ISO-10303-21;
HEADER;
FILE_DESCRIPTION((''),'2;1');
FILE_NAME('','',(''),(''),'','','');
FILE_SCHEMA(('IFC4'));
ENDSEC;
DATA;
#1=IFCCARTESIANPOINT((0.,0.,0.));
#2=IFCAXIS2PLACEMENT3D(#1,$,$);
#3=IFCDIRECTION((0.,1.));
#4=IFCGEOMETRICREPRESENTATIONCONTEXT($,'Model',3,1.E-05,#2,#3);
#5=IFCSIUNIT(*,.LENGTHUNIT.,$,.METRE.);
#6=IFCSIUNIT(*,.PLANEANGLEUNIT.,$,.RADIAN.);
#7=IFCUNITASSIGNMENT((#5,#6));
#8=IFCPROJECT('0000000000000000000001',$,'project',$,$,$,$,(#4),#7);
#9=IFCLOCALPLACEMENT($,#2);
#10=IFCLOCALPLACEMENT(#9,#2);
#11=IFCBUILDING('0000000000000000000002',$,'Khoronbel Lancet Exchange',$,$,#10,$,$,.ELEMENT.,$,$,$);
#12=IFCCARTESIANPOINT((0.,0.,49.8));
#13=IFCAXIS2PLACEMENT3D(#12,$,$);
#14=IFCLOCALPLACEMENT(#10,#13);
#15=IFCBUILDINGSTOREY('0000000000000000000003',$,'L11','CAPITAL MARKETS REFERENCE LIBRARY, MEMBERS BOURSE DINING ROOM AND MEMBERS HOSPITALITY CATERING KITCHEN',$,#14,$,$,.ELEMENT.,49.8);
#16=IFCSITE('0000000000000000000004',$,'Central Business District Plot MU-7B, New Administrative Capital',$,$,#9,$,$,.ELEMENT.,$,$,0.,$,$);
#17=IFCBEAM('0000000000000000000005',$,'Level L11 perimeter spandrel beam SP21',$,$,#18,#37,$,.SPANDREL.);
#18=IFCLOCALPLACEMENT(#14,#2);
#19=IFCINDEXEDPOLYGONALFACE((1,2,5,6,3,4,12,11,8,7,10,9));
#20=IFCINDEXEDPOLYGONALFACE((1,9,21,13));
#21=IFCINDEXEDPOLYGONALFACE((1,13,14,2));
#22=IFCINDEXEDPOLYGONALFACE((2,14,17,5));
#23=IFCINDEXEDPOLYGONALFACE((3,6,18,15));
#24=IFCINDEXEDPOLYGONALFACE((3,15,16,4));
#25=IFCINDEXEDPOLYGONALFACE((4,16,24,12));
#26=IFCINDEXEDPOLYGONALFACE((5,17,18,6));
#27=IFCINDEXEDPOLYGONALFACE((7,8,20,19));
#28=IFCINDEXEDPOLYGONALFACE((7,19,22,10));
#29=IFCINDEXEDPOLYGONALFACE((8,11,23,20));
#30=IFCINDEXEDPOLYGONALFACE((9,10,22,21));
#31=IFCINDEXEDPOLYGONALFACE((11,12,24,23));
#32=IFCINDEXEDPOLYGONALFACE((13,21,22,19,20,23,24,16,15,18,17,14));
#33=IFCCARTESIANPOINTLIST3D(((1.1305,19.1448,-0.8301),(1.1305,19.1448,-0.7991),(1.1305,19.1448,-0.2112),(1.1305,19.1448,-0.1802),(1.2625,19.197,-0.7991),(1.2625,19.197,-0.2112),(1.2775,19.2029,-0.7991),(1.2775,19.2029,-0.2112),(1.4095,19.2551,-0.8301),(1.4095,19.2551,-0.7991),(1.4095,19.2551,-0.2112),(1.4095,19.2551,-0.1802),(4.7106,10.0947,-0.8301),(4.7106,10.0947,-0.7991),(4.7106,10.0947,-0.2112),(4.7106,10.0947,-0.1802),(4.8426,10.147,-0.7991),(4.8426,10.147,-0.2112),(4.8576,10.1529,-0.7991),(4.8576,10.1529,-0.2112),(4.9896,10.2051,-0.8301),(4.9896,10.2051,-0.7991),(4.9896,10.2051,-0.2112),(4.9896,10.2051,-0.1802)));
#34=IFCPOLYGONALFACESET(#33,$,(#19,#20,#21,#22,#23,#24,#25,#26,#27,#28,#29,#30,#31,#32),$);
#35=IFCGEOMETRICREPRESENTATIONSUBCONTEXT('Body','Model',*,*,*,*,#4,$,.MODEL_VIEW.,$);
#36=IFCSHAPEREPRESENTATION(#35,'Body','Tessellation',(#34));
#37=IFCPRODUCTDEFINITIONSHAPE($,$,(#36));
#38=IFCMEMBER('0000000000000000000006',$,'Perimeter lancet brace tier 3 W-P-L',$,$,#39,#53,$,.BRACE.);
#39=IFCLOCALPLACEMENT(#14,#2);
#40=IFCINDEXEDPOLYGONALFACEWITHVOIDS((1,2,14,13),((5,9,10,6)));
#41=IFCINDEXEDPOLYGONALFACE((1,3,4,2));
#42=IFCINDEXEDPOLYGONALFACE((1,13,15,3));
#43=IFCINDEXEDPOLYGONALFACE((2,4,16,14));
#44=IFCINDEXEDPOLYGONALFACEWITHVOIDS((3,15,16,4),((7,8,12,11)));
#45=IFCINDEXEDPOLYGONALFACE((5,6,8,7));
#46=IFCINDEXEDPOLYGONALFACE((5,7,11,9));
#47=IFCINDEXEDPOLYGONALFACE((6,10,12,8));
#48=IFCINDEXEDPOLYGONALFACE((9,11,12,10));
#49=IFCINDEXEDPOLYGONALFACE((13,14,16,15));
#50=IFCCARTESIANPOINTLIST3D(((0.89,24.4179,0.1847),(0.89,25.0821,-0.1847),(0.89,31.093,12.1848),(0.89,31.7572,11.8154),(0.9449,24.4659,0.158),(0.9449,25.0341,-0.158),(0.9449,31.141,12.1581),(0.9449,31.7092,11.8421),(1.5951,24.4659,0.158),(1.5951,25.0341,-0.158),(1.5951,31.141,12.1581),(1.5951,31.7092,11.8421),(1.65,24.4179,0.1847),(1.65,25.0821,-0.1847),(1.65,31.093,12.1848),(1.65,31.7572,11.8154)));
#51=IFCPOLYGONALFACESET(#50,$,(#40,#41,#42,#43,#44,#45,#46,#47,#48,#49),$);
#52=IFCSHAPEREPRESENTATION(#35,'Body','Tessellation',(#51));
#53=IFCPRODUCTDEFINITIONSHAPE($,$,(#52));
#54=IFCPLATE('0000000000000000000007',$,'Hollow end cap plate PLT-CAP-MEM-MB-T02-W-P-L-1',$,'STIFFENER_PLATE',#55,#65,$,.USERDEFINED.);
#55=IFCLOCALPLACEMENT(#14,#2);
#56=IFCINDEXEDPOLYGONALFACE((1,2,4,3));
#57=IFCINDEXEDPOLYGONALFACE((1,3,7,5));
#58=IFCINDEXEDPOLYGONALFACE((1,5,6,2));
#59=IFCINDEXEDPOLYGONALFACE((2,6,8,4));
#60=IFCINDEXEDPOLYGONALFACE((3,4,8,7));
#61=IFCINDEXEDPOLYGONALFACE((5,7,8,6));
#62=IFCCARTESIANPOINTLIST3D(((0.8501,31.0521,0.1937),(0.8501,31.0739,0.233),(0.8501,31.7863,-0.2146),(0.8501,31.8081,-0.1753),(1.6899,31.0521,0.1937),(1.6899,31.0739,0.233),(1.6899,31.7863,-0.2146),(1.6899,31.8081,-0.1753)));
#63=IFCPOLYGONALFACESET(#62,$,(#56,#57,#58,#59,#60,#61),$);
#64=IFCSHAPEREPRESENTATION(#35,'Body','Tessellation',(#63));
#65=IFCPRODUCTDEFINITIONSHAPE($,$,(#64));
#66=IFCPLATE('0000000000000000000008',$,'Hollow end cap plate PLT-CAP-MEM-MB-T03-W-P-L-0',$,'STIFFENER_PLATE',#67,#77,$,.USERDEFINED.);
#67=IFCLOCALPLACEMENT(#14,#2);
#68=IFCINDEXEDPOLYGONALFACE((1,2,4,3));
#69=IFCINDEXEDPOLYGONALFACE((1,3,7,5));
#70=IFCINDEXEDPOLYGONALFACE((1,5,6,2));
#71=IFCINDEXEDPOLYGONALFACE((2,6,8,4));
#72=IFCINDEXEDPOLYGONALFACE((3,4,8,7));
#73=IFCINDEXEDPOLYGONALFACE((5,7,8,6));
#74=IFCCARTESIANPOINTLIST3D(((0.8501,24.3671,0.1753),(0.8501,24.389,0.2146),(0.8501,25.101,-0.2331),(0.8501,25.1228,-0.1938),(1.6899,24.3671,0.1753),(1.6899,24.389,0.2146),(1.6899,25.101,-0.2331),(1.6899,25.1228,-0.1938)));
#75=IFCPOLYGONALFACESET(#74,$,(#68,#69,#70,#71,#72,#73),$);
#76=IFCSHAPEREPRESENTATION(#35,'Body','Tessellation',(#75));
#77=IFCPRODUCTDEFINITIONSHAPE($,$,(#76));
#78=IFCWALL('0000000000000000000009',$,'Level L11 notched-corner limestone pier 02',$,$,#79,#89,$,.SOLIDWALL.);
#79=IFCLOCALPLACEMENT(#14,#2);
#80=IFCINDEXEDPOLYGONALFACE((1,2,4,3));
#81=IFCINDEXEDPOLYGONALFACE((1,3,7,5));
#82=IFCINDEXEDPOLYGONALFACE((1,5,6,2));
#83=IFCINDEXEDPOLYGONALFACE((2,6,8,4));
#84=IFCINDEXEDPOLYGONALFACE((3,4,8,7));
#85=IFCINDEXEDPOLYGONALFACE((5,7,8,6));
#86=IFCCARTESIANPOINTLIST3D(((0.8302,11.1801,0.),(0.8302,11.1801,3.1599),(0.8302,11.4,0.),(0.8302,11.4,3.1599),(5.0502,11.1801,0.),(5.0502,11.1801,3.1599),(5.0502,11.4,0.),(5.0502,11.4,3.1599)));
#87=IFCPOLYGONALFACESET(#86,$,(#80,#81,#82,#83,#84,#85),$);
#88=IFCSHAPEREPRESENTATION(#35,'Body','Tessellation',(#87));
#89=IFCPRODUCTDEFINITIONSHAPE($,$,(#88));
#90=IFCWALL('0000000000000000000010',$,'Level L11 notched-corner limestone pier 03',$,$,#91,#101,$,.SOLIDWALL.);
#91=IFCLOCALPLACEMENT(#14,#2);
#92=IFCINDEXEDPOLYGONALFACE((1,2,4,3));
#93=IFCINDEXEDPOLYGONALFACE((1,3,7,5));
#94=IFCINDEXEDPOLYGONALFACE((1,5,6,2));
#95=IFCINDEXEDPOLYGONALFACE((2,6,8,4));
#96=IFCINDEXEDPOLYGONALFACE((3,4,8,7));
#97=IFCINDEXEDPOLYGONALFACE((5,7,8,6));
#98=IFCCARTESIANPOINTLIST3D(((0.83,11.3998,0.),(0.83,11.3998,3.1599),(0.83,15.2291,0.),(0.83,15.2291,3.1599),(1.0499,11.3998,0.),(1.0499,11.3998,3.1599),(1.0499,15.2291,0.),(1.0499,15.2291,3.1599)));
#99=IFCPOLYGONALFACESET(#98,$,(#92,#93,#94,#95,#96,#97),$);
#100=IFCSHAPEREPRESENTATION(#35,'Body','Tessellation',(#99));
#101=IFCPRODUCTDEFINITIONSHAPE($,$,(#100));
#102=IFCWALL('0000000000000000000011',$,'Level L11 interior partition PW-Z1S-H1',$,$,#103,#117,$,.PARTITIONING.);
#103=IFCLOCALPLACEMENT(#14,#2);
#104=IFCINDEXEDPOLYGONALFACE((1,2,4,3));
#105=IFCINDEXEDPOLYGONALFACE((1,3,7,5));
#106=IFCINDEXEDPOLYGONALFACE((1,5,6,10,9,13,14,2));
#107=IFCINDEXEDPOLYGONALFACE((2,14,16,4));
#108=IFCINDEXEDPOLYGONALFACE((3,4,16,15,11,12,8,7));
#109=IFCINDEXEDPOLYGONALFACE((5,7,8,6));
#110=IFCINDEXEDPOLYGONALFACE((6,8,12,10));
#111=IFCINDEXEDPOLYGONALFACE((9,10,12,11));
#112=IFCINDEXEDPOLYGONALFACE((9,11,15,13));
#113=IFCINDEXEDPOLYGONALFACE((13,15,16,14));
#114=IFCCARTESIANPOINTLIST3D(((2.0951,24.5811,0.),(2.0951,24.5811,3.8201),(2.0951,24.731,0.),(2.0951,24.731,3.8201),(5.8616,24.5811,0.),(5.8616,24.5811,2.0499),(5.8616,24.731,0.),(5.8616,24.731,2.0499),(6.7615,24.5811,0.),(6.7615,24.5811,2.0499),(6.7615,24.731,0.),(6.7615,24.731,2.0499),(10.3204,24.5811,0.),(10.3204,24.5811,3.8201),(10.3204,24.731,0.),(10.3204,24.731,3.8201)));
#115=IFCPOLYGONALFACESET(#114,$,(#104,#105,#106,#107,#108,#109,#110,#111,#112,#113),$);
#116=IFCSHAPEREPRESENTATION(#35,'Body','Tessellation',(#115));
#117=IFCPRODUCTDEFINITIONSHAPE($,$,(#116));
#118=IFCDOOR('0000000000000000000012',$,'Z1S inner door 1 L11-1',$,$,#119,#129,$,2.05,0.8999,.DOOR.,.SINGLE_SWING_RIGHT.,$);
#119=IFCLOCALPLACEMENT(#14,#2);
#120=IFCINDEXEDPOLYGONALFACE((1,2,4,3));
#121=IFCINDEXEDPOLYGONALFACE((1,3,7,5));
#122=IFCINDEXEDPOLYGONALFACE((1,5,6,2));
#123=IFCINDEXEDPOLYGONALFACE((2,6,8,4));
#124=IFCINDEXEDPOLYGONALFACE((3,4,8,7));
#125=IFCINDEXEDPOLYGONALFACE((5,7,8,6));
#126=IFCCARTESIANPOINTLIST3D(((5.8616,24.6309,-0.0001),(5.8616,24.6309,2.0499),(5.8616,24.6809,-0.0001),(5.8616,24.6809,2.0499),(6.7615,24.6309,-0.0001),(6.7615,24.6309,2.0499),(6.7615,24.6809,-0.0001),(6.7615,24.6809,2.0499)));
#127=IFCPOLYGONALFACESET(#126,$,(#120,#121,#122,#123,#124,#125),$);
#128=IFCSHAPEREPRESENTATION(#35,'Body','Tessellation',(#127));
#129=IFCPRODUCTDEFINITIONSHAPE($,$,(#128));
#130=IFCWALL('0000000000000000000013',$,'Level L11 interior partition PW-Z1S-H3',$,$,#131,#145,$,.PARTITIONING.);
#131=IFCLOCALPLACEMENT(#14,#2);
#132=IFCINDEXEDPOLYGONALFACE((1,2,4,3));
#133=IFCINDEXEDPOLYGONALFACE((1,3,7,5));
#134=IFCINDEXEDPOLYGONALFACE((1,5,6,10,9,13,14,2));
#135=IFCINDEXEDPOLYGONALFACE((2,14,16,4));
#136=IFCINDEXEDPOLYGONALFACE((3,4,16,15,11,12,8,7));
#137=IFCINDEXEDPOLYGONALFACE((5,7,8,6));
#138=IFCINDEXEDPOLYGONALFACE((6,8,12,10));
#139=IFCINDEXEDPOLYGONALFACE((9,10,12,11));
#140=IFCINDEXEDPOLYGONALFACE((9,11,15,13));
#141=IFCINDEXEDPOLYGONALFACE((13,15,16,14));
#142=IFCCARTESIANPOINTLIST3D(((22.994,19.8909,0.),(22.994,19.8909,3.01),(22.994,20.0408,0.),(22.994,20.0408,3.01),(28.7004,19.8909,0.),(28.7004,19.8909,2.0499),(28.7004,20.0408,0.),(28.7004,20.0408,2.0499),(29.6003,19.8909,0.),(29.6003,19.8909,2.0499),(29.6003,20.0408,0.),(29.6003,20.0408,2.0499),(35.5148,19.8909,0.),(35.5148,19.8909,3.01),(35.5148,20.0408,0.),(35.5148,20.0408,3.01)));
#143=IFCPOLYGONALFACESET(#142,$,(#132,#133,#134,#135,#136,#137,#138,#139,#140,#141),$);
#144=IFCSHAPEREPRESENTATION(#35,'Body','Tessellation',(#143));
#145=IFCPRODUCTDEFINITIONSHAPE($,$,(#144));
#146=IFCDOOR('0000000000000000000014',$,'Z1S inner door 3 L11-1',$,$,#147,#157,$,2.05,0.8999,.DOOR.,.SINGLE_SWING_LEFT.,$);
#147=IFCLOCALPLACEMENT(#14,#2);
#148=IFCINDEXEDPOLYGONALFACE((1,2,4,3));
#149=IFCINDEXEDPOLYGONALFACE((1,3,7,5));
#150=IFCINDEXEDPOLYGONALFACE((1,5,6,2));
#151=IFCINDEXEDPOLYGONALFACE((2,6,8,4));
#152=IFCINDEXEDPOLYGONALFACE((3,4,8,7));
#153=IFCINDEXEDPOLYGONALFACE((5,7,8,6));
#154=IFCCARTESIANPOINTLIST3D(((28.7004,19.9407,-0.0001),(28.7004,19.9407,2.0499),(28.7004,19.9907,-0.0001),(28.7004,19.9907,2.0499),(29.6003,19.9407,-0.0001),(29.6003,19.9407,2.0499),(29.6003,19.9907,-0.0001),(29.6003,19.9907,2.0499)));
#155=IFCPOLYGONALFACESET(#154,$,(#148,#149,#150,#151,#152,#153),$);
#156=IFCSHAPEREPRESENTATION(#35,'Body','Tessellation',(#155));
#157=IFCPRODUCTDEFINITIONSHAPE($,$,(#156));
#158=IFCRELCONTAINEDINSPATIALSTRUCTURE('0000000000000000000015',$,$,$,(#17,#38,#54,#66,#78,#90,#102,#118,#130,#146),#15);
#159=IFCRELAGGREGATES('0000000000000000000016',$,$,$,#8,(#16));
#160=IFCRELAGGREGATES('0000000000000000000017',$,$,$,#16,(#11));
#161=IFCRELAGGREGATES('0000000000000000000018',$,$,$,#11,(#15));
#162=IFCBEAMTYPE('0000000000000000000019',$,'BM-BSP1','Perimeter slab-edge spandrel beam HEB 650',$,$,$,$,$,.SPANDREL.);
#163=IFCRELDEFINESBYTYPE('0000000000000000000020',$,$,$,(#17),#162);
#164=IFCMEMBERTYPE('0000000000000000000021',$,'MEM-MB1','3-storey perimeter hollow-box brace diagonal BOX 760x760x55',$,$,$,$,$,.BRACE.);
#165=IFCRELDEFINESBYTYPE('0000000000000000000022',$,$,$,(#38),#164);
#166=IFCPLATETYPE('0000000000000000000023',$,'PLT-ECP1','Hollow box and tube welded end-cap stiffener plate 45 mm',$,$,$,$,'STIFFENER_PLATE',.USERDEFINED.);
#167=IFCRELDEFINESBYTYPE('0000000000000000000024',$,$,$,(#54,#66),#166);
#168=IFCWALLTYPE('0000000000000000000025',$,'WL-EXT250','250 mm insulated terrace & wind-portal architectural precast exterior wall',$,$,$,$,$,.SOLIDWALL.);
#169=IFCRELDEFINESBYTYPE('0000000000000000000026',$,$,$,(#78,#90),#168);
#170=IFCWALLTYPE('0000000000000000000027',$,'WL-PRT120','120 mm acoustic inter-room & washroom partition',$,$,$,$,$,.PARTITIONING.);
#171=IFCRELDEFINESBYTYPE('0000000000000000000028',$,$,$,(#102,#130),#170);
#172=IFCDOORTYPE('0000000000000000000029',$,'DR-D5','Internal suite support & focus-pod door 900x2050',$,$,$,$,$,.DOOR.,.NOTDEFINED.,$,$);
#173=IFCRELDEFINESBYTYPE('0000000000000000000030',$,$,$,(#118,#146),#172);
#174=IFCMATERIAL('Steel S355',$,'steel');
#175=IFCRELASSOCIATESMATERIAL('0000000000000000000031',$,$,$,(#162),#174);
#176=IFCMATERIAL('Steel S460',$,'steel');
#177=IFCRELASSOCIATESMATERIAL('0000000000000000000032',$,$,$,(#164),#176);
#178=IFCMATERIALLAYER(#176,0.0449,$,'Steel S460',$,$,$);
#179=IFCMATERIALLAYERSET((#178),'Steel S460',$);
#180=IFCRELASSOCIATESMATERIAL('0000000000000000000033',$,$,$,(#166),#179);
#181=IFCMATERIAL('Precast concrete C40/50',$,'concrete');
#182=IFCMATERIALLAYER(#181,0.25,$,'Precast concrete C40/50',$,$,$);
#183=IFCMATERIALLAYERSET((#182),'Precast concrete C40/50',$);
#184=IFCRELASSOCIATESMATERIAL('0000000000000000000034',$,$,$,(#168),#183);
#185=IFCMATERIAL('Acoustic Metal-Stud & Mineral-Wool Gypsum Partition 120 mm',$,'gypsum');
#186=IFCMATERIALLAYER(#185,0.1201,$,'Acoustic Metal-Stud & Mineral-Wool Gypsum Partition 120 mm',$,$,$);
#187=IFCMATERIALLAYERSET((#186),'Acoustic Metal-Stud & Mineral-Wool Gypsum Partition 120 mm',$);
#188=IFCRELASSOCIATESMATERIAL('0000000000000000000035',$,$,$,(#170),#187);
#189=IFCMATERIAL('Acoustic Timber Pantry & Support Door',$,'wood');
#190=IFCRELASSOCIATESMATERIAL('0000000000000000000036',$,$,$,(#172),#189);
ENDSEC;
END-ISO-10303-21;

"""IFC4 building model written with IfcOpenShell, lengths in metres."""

from ifc_helpers import new_model, si_unit, direction, frame, frame_2d, origin, origin_2d, place, context, subcontext, project, spatial, polyline, rectangle, hollow_rectangle, i_section, outline, extrude, material, layer, layer_set, material_profile, profile_set, type_object, element, fill, save


model = new_model("IFC4")

# Units and contexts
model_context = context("Model", 3, precision=1e-05, world=origin(), true_north=direction((0.0, 1.0)))
body_context = subcontext(model_context, "Body", "Model", "MODEL_VIEW")
ifc_project = project(units=[si_unit("LENGTHUNIT", "METRE"), si_unit("PLANEANGLEUNIT", "RADIAN")], contexts=[model_context])

# Site, building, storey
site_placement = place(None, origin())
site = spatial("IfcSite", under=ifc_project, at=site_placement, Name="Central Business District Plot MU-7B, New Administrative Capital", CompositionType="ELEMENT", RefElevation=0.0)
building_placement = place(site_placement, origin())
building = spatial("IfcBuilding", under=site, at=building_placement, Name="Khoronbel Lancet Exchange", CompositionType="ELEMENT")
storey_placement = place(building_placement, frame((0.0, 0.0, 49.8)))
storey = spatial("IfcBuildingStorey", under=building, at=storey_placement, Name="L11", Description="CAPITAL MARKETS REFERENCE LIBRARY, MEMBERS BOURSE DINING ROOM AND MEMBERS HOSPITALITY CATERING KITCHEN", CompositionType="ELEMENT", Elevation=49.8)

# Shared definitions
ifc_material_1 = material(Name="Steel S355", Category="steel")

# Beam
ifc_material_profile_1 = material_profile(ifc_material_1, i_section(OverallWidth=0.3, OverallDepth=0.6499, WebThickness=0.0161, FlangeThickness=0.031, at=origin_2d()), Name="HEB 650")
ifc_profile_set_1 = profile_set([ifc_material_profile_1], Name="Steel S355")
beam_type_1 = type_object("IfcBeamType", Name="BM-BSP1", Description="Perimeter slab-edge spandrel beam HEB 650", PredefinedType="SPANDREL", material=ifc_profile_set_1)
beam_1_placement = place(storey_placement, frame((1.27, 19.2, -0.5051), z_axis=(0.36785, -0.929885, 0.0), x_axis=(0.929885, 0.36785, 0.0)))
element("IfcBeam", 1, at=beam_1_placement, inside=storey, type_object=beam_type_1, Name="Level L11 perimeter spandrel beam SP21", PredefinedType="SPANDREL", context=body_context, shape_type="SweptSolid", body=[
    extrude(i_section(OverallWidth=0.3, OverallDepth=0.6499, WebThickness=0.0161, FlangeThickness=0.031, at=origin_2d()), origin(), (0.0, 0.0, 1.0), 9.7324),
])

# Member
ifc_material_2 = material(Name="Steel S460", Category="steel")
ifc_material_profile_2 = material_profile(ifc_material_2, hollow_rectangle(XDim=0.76, YDim=0.76, WallThickness=0.0549, at=origin_2d()), Name="BOX 760x760x55")
ifc_profile_set_2 = profile_set([ifc_material_profile_2], Name="Steel S460")
member_type = type_object("IfcMemberType", Name="MEM-MB1", Description="3-storey perimeter hollow-box brace diagonal BOX 760x760x55", PredefinedType="BRACE", material=ifc_profile_set_2)
member_placement = place(storey_placement, frame((1.27, 24.75, 0.0), z_axis=(0.0, 0.486109, 0.873898), x_axis=(-1.0, 0.0, 0.0)))
element("IfcMember", 2, at=member_placement, inside=storey, type_object=member_type, Name="Perimeter lancet brace tier 3 W-P-L", PredefinedType="BRACE", context=body_context, shape_type="SweptSolid", body=[
    extrude(hollow_rectangle(XDim=0.76, YDim=0.76, WallThickness=0.0549, at=origin_2d()), origin(), (0.0, 0.0, 1.0), 13.7317),
])

# Plates
ifc_layer_1 = layer(ifc_material_2, 0.0449, Name="Steel S460")
ifc_layer_set_1 = layer_set([ifc_layer_1], Name="Steel S460")
plate_type = type_object("IfcPlateType", Name="PLT-ECP1", Description="Hollow box and tube welded end-cap stiffener plate 45 mm", ElementType="STIFFENER_PLATE", PredefinedType="USERDEFINED", material=ifc_layer_set_1)
plate_1_placement = place(storey_placement, frame((1.6899, 31.8081, -0.1753), z_axis=(0.0, 0.485964, 0.873979), x_axis=(-1.0, 0.0, 0.0)))
element("IfcPlate", 3, at=plate_1_placement, inside=storey, type_object=plate_type, Name="Hollow end cap plate PLT-CAP-MEM-MB-T02-W-P-L-1", ObjectType="STIFFENER_PLATE", PredefinedType="USERDEFINED", context=body_context, shape_type="SweptSolid", body=[
    extrude(outline(polyline([(0.0, 0.0), (0.8398, 0.0), (0.8398, 0.8401), (0.0, 0.8401), (0.0, 0.0)])), origin(), (0.0, 0.0, -1.0), 0.0449),
])
plate_2_placement = place(storey_placement, frame((1.6899, 25.1228, -0.1938), z_axis=(0.0, 0.486309, 0.873787), x_axis=(-1.0, 0.0, 0.0)))
element("IfcPlate", 4, at=plate_2_placement, inside=storey, type_object=plate_type, Name="Hollow end cap plate PLT-CAP-MEM-MB-T03-W-P-L-0", ObjectType="STIFFENER_PLATE", PredefinedType="USERDEFINED", context=body_context, shape_type="SweptSolid", body=[
    extrude(outline(polyline([(0.0, 0.0), (0.8398, 0.0), (0.8398, 0.8398), (0.0, 0.8398), (0.0, 0.0)])), origin(), (0.0, 0.0, -1.0), 0.0449),
])

# Walls
ifc_material_3 = material(Name="Precast concrete C40/50", Category="concrete")
ifc_layer_2 = layer(ifc_material_3, 0.25, Name="Precast concrete C40/50")
ifc_layer_set_2 = layer_set([ifc_layer_2], Name="Precast concrete C40/50")
wall_type_1 = type_object("IfcWallType", Name="WL-EXT250", Description="250 mm insulated terrace & wind-portal architectural precast exterior wall", PredefinedType="SOLIDWALL", material=ifc_layer_set_2)
wall_1_placement = place(storey_placement, frame((5.05, 11.29, 0.0), z_axis=(0.0, 0.0, 1.0), x_axis=(-1.0, 0.0, 0.0)))
element("IfcWall", 5, at=wall_1_placement, inside=storey, type_object=wall_type_1, Name="Level L11 notched-corner limestone pier 02", PredefinedType="SOLIDWALL", context=body_context, shape_type="SweptSolid", body=[
    extrude(rectangle(XDim=4.22, YDim=0.22, at=frame_2d((2.1099, 0.0))), origin(), (0.0, 0.0, 1.0), 3.1599),
])
wall_2_placement = place(storey_placement, frame((0.9399, 11.3999, 0.0), z_axis=(0.0, 0.0, 1.0), x_axis=(0.0, 1.0, 0.0)))
element("IfcWall", 6, at=wall_2_placement, inside=storey, type_object=wall_type_1, Name="Level L11 notched-corner limestone pier 03", PredefinedType="SOLIDWALL", context=body_context, shape_type="SweptSolid", body=[
    extrude(rectangle(XDim=3.8293, YDim=0.22, at=frame_2d((1.9146, 0.0))), origin(), (0.0, 0.0, 1.0), 3.1599),
])

# Walls, openings, doors
ifc_material_4 = material(Name="Acoustic Metal-Stud & Mineral-Wool Gypsum Partition 120 mm", Category="gypsum")
ifc_layer_3 = layer(ifc_material_4, 0.1201, Name="Acoustic Metal-Stud & Mineral-Wool Gypsum Partition 120 mm")
ifc_layer_set_3 = layer_set([ifc_layer_3], Name="Acoustic Metal-Stud & Mineral-Wool Gypsum Partition 120 mm")
wall_type_2 = type_object("IfcWallType", Name="WL-PRT120", Description="120 mm acoustic inter-room & washroom partition", PredefinedType="PARTITIONING", material=ifc_layer_set_3)
wall_3_placement = place(storey_placement, frame((2.095, 24.656, 0.0), z_axis=(0.0, 0.0, 1.0), x_axis=(1.0, 0.0, 0.0)))
wall_3 = element("IfcWall", 7, at=wall_3_placement, inside=storey, type_object=wall_type_2, Name="Level L11 interior partition PW-Z1S-H1", PredefinedType="PARTITIONING", context=body_context, shape_type="SweptSolid", body=[
    extrude(rectangle(XDim=8.2253, YDim=0.1499, at=frame_2d((4.1128, 0.0))), origin(), (0.0, 0.0, 1.0), 3.8201),
])
opening_1_placement = place(wall_3_placement, frame((3.7666, 0.0, 0.0)))
opening_1 = element("IfcOpeningElement", 8, at=opening_1_placement, cuts=wall_3, PredefinedType="OPENING", context=body_context, shape_type="SweptSolid", body=[
    extrude(rectangle(XDim=0.8999, YDim=2.05, at=frame_2d((0.45, 1.0249))), frame((0.0, 0.085, 0.0), z_axis=(0.0, -1.0, 0.0), x_axis=(1.0, 0.0, 0.0)), (0.0, 0.0, 1.0), 0.1699),
])
ifc_material_5 = material(Name="Acoustic Timber Pantry & Support Door", Category="wood")
door_type = type_object("IfcDoorType", Name="DR-D5", Description="Internal suite support & focus-pod door 900x2050", OperationType="NOTDEFINED", PredefinedType="DOOR", material=ifc_material_5)
door_1_placement = place(opening_1_placement, origin())
door_1 = element("IfcDoor", 9, at=door_1_placement, inside=storey, type_object=door_type, Name="Z1S inner door 1 L11-1", OperationType="SINGLE_SWING_RIGHT", OverallHeight=2.05, OverallWidth=0.8999, PredefinedType="DOOR", context=body_context, shape_type="SweptSolid", body=[
    extrude(rectangle(XDim=0.8999, YDim=2.05, at=frame_2d((0.45, 1.0249))), frame((0.0, 0.0249, 0.0), z_axis=(0.0, -1.0, 0.0), x_axis=(1.0, 0.0, 0.0)), (0.0, 0.0, 1.0), 0.05),
])
fill(opening_1, door_1)
wall_4_placement = place(storey_placement, frame((22.9941, 19.9658, 0.0), z_axis=(0.0, 0.0, 1.0), x_axis=(1.0, 0.0, 0.0)))
wall_4 = element("IfcWall", 10, at=wall_4_placement, inside=storey, type_object=wall_type_2, Name="Level L11 interior partition PW-Z1S-H3", PredefinedType="PARTITIONING", context=body_context, shape_type="SweptSolid", body=[
    extrude(rectangle(XDim=12.5208, YDim=0.1499, at=frame_2d((6.2603, 0.0))), origin(), (0.0, 0.0, 1.0), 3.01),
])
opening_2_placement = place(wall_4_placement, frame((5.7063, 0.0, 0.0)))
opening_2 = element("IfcOpeningElement", 11, at=opening_2_placement, cuts=wall_4, PredefinedType="OPENING", context=body_context, shape_type="SweptSolid", body=[
    extrude(rectangle(XDim=0.8999, YDim=2.05, at=frame_2d((0.45, 1.0249))), frame((0.0, 0.085, 0.0), z_axis=(0.0, -1.0, 0.0), x_axis=(1.0, 0.0, 0.0)), (0.0, 0.0, 1.0), 0.1699),
])
door_2_placement = place(opening_2_placement, origin())
door_2 = element("IfcDoor", 12, at=door_2_placement, inside=storey, type_object=door_type, Name="Z1S inner door 3 L11-1", OperationType="SINGLE_SWING_LEFT", OverallHeight=2.05, OverallWidth=0.8999, PredefinedType="DOOR", context=body_context, shape_type="SweptSolid", body=[
    extrude(rectangle(XDim=0.8999, YDim=2.05, at=frame_2d((0.45, 1.0249))), frame((0.0, 0.0249, 0.0), z_axis=(0.0, -1.0, 0.0), x_axis=(1.0, 0.0, 0.0)), (0.0, 0.0, 1.0), 0.05),
])
fill(opening_2, door_2)

save(model, "model.ifc")
